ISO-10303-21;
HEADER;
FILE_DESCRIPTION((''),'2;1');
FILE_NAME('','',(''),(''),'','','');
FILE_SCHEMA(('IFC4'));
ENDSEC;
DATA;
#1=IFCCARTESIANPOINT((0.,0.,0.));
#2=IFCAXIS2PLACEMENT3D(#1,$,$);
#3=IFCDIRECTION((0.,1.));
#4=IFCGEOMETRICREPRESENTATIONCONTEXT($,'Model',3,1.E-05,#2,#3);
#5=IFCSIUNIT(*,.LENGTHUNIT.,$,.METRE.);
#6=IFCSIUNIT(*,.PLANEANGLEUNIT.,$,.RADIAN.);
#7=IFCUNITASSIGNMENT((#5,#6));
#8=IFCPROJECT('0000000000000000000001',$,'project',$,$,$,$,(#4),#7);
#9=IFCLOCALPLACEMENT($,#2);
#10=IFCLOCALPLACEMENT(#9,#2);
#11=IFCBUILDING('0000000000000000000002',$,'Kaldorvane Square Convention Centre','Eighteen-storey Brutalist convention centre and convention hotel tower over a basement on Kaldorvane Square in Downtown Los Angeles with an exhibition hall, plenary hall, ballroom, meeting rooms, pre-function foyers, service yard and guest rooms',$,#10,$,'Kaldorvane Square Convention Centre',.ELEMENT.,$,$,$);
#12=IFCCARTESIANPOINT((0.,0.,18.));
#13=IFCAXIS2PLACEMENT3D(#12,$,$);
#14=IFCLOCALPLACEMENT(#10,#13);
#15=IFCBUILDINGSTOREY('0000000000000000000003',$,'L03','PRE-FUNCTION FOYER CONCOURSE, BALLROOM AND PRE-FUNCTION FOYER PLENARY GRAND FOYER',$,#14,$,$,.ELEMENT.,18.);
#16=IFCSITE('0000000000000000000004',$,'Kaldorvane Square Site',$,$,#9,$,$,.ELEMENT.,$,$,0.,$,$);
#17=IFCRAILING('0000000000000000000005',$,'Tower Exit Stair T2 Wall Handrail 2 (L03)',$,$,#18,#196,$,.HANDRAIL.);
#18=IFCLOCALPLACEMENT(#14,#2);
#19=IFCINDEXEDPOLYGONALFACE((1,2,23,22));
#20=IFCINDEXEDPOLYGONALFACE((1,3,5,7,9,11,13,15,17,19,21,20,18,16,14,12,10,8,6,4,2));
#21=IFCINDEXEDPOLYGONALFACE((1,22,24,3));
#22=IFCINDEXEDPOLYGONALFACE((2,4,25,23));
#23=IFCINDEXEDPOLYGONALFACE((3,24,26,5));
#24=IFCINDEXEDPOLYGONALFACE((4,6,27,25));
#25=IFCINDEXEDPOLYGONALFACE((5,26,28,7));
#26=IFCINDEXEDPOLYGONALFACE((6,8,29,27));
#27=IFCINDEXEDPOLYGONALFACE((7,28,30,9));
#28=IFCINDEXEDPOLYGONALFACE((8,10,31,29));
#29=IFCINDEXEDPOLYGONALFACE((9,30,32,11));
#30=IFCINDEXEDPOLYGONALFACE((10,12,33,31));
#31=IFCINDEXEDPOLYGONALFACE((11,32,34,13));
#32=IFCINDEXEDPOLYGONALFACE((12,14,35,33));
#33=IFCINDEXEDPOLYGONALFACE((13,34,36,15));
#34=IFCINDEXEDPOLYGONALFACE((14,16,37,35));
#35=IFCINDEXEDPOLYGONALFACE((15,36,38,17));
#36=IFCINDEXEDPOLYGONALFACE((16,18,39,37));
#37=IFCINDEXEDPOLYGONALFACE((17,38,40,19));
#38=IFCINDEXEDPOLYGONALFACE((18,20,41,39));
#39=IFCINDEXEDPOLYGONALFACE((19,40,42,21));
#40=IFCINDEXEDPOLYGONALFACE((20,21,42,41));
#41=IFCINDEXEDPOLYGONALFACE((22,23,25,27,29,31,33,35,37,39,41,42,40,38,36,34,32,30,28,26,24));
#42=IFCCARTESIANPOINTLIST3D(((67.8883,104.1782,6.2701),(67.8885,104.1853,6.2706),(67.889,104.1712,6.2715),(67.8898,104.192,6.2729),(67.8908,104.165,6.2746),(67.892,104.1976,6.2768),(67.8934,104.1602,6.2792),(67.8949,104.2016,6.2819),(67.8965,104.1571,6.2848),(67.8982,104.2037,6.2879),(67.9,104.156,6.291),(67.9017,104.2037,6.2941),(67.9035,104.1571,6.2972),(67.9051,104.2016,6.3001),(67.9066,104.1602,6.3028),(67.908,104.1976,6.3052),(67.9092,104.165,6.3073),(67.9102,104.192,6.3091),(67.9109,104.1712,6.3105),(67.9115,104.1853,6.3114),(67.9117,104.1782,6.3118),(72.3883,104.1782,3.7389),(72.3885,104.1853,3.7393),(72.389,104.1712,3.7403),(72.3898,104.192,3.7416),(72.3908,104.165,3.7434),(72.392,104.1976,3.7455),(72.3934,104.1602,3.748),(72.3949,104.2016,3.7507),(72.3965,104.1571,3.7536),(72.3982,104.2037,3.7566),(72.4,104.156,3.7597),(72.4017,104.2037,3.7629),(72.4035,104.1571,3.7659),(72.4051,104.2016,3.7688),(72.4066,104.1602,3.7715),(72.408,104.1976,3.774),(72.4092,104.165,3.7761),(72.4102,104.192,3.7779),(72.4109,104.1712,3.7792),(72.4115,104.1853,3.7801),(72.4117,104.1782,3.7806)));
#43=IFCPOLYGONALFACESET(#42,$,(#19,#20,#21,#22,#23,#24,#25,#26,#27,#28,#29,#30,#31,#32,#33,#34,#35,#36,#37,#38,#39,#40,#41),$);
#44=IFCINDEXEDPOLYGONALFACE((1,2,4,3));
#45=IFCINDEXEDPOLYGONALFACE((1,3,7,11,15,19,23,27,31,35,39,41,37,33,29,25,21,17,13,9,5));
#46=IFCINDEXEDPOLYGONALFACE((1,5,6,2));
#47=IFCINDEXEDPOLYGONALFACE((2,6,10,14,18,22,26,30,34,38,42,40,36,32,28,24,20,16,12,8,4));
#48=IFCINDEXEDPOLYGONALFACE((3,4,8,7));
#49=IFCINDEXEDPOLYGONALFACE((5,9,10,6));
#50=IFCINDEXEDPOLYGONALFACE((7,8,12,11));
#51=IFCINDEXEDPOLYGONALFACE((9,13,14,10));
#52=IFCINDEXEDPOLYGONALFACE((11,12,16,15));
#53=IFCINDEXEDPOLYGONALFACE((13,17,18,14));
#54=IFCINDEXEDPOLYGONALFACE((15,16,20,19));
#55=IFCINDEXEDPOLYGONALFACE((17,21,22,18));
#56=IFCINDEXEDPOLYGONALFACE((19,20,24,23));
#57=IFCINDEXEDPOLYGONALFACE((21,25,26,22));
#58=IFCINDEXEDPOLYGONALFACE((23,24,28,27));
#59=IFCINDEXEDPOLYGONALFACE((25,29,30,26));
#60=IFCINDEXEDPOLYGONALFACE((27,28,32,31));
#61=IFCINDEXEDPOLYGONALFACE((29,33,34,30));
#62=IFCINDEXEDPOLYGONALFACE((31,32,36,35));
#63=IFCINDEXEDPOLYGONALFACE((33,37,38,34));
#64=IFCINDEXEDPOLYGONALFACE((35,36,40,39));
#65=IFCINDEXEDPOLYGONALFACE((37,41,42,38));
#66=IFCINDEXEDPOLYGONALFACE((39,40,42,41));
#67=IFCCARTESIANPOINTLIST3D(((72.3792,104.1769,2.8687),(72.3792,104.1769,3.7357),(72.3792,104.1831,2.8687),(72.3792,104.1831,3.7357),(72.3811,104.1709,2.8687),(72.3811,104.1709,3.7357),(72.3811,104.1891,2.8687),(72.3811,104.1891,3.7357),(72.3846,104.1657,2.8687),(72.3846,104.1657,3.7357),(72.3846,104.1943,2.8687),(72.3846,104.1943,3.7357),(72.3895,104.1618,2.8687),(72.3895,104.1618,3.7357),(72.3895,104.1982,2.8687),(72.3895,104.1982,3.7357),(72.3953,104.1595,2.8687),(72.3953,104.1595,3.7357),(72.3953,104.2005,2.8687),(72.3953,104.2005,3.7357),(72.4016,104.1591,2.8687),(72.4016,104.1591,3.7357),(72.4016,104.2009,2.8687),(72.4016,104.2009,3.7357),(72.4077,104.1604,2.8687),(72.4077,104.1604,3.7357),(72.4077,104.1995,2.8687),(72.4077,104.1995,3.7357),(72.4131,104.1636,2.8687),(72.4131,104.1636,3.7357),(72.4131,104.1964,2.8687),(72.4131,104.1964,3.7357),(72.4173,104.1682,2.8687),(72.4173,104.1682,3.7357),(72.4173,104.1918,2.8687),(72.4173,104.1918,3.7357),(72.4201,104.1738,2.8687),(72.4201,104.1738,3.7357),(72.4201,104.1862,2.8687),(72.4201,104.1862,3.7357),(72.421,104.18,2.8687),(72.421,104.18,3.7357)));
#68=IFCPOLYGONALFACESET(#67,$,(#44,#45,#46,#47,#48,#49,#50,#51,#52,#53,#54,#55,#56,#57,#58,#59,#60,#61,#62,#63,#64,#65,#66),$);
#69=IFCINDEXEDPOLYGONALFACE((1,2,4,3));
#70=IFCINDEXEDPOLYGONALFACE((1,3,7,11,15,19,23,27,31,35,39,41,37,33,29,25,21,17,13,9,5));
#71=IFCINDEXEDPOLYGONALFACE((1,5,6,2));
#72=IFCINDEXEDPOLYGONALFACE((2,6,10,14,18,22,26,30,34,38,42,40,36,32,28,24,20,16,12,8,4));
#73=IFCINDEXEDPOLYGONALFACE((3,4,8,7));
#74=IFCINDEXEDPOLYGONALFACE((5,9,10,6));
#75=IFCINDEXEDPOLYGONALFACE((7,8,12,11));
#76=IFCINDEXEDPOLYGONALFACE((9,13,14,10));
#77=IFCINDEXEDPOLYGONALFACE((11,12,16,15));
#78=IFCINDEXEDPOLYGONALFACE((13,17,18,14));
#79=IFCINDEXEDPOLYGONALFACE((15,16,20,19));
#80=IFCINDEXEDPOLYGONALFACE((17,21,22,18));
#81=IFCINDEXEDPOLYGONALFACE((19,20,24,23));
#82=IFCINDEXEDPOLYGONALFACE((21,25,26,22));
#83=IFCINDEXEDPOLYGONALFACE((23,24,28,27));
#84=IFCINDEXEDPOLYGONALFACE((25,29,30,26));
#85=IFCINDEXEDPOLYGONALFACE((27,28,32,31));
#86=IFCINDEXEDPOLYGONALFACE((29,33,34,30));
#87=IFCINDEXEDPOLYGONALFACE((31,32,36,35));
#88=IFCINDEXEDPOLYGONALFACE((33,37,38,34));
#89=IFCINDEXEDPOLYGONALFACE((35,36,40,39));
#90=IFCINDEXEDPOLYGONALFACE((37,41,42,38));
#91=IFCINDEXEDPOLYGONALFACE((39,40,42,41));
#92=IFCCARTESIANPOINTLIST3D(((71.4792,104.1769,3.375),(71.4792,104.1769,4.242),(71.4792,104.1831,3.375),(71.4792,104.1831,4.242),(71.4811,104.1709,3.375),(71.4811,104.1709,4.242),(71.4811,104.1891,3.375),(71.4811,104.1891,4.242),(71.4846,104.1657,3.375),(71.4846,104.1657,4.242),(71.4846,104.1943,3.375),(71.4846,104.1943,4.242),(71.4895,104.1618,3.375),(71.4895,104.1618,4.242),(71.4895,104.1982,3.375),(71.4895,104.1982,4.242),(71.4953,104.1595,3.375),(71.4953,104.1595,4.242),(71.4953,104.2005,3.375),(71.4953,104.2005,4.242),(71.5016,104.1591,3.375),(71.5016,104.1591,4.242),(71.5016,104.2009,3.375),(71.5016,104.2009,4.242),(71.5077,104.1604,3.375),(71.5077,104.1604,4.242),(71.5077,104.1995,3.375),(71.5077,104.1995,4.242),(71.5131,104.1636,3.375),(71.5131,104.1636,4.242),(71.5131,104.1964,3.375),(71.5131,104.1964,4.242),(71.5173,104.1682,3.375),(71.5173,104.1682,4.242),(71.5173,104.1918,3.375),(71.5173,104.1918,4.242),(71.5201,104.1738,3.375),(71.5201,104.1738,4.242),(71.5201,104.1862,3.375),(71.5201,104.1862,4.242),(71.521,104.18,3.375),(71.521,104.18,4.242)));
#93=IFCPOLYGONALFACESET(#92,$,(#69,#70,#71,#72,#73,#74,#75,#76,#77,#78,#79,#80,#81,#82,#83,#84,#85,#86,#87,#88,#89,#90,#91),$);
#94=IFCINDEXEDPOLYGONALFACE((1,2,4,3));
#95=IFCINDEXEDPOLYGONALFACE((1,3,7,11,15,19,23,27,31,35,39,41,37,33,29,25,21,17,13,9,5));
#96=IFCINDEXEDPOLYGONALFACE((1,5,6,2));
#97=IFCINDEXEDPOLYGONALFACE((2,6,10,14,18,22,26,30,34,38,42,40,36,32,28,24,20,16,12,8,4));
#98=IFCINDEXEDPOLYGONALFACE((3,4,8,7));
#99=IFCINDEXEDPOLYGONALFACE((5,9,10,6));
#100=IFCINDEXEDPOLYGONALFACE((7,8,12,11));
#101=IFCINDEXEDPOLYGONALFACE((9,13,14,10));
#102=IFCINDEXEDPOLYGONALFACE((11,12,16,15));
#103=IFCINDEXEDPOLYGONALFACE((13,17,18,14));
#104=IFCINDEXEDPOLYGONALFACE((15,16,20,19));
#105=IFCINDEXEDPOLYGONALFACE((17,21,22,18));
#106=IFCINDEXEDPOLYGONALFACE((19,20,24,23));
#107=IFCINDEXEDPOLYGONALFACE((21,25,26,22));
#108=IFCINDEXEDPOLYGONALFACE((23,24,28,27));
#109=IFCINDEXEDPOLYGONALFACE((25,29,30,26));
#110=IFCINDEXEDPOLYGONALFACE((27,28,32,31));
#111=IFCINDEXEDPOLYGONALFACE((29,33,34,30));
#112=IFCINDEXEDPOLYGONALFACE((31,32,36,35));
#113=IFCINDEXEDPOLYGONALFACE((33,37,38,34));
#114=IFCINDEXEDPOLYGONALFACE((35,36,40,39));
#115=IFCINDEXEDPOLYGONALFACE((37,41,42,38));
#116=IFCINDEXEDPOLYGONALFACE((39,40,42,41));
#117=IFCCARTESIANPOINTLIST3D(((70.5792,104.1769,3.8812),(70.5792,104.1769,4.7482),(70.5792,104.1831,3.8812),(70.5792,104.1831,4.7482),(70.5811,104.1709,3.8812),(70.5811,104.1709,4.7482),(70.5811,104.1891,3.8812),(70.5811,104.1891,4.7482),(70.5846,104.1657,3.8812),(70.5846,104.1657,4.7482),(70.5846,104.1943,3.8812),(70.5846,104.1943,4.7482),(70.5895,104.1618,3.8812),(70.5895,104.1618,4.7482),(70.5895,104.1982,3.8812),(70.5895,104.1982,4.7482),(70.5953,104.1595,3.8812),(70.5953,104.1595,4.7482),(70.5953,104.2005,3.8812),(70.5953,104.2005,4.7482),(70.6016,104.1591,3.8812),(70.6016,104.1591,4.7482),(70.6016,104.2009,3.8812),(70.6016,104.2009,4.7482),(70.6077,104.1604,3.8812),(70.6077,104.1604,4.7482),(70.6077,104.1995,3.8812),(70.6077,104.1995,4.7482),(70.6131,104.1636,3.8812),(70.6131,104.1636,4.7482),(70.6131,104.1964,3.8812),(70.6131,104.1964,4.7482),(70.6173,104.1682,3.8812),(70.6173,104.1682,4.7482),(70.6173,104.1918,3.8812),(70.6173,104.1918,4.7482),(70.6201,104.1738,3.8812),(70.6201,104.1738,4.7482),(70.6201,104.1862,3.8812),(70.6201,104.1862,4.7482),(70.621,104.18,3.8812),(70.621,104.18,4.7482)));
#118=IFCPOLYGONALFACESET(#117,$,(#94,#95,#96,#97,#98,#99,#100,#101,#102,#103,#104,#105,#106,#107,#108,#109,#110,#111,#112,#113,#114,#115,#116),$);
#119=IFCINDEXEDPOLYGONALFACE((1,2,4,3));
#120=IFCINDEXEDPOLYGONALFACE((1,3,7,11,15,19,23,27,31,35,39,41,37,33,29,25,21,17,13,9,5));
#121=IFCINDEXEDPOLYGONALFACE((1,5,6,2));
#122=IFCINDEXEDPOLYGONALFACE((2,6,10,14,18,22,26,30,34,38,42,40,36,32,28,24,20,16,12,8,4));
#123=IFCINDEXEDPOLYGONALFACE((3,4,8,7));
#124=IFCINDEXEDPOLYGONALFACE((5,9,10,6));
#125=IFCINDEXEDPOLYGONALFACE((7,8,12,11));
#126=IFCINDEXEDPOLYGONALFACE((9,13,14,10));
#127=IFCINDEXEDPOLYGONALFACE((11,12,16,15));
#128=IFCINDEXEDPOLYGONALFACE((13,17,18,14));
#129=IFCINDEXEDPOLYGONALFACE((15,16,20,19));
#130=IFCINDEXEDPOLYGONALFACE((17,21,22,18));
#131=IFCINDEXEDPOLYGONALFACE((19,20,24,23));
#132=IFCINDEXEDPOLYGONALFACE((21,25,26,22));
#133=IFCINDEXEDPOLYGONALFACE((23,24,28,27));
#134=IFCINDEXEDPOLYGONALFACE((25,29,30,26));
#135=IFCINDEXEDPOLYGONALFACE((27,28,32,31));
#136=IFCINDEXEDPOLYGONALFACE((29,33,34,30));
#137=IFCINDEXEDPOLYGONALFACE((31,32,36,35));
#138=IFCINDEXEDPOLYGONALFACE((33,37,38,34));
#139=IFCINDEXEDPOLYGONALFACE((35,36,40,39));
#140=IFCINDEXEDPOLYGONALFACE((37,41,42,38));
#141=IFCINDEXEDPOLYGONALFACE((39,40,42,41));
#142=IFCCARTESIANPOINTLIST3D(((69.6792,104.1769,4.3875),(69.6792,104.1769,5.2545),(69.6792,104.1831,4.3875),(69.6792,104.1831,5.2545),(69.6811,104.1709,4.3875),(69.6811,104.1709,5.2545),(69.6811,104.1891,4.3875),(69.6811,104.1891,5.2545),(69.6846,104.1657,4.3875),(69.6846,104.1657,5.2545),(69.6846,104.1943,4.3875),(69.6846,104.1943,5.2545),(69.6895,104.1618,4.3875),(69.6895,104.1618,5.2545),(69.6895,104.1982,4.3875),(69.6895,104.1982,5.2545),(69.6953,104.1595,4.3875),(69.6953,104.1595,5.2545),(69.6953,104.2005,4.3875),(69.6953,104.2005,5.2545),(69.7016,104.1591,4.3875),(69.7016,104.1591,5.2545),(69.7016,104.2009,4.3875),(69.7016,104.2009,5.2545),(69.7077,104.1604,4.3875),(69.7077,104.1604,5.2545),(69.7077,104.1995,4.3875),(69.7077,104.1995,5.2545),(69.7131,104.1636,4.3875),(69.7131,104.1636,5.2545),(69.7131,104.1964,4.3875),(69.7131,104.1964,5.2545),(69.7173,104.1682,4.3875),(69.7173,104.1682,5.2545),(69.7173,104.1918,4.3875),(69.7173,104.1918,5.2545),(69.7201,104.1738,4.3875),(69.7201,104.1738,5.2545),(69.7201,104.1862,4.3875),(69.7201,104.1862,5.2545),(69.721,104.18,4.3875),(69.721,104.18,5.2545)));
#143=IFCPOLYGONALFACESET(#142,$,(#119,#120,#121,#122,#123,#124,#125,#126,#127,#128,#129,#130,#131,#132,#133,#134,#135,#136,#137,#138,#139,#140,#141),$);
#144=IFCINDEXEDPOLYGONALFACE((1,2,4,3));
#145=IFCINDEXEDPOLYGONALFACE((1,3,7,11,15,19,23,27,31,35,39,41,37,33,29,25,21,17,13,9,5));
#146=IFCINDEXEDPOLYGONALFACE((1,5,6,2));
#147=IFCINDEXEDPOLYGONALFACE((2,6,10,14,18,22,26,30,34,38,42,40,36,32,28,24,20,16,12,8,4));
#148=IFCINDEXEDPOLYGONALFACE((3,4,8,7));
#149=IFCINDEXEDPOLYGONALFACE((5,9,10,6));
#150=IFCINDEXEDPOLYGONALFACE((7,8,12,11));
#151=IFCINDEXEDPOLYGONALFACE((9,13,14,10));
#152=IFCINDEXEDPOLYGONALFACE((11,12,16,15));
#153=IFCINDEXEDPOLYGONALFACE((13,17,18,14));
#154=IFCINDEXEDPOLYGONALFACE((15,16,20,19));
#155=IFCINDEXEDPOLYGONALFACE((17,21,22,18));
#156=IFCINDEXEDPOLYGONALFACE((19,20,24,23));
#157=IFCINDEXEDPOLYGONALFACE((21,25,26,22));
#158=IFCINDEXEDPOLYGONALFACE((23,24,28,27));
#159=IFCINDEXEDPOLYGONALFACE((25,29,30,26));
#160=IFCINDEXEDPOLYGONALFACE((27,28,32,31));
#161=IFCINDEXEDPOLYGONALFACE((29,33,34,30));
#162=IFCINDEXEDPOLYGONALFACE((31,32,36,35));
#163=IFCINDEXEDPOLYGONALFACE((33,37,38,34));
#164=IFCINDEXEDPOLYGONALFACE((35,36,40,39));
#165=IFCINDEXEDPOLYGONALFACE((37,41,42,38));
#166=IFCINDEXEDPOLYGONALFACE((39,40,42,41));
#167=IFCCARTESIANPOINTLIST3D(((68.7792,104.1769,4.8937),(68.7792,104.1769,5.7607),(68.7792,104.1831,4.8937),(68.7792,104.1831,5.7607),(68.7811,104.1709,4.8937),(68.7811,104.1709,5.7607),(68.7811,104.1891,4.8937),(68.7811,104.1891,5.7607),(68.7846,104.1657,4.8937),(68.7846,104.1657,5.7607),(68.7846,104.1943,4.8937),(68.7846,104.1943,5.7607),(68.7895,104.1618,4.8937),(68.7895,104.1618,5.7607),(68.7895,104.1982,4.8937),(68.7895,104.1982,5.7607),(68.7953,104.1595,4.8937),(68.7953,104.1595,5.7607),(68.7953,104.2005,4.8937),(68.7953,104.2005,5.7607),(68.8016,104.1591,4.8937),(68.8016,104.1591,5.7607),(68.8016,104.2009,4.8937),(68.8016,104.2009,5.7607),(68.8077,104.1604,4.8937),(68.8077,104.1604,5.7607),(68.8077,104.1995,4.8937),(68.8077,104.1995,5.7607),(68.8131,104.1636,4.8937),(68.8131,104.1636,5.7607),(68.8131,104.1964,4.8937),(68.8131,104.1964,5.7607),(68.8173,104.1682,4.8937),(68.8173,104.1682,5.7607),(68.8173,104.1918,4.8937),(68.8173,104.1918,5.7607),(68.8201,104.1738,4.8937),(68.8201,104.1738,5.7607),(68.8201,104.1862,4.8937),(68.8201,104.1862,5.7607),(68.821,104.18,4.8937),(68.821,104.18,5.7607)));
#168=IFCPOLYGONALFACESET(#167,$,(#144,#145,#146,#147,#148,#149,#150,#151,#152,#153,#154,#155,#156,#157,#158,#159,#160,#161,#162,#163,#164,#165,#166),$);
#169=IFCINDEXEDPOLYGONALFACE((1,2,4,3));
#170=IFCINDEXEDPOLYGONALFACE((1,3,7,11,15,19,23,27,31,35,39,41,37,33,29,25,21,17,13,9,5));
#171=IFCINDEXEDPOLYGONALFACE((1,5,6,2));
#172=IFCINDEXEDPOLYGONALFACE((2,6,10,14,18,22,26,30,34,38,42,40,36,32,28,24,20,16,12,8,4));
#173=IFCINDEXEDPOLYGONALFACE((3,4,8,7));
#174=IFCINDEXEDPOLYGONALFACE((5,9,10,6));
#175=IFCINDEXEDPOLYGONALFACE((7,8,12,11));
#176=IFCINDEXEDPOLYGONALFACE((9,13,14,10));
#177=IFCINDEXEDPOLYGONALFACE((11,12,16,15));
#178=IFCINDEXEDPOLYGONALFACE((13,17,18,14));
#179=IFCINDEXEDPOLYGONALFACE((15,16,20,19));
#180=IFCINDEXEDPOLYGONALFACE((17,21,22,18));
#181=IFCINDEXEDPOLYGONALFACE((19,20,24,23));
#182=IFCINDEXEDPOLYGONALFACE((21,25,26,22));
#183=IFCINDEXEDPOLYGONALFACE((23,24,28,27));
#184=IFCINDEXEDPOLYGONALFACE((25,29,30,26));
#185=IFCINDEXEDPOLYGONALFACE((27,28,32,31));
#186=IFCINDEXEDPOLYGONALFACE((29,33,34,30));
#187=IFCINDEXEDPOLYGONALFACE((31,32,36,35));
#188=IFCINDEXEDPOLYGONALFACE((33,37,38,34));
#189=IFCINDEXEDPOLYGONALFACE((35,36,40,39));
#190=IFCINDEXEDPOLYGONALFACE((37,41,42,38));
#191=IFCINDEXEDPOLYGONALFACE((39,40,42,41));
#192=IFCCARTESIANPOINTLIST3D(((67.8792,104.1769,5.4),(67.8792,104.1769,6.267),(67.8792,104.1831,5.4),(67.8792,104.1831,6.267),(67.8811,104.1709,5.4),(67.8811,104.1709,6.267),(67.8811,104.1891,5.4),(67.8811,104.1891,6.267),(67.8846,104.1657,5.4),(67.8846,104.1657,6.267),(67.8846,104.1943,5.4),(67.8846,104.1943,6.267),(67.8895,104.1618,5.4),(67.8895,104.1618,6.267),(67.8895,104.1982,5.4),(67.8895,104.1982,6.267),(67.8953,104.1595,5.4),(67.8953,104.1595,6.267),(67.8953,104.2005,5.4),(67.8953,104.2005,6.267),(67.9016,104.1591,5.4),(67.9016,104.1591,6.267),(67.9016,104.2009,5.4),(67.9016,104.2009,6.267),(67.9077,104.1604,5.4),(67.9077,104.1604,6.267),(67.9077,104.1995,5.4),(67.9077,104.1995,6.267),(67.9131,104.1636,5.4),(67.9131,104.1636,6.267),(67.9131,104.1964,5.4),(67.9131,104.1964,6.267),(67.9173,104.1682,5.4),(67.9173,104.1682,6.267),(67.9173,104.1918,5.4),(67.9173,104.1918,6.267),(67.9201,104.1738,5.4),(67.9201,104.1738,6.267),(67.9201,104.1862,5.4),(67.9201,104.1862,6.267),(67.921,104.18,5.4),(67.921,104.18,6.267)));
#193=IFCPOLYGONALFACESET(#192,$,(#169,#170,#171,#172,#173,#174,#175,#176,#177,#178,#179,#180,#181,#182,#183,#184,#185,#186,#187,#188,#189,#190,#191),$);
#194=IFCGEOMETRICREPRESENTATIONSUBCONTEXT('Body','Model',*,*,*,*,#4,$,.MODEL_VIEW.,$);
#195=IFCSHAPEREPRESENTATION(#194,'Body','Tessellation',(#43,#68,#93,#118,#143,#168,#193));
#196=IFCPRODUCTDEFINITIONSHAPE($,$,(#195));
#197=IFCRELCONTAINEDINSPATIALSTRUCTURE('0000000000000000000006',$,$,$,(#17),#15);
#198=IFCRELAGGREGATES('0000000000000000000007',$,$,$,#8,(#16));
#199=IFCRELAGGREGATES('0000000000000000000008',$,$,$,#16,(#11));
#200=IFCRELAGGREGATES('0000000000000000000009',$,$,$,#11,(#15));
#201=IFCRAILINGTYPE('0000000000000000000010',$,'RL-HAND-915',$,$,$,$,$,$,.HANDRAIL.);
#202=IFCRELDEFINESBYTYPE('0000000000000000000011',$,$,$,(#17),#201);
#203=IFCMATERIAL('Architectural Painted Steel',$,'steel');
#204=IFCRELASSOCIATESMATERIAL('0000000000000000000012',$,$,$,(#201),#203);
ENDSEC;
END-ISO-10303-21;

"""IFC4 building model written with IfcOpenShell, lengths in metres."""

from ifc_helpers import new_model, si_unit, direction, frame, origin, origin_2d, place, context, subcontext, project, spatial, circle, extrude, material, type_object, element, save


model = new_model("IFC4")

# Units and contexts
model_context = context("Model", 3, precision=1e-05, world=origin(), true_north=direction((0.0, 1.0)))
body_context = subcontext(model_context, "Body", "Model", "MODEL_VIEW")
ifc_project = project(units=[si_unit("LENGTHUNIT", "METRE"), si_unit("PLANEANGLEUNIT", "RADIAN")], contexts=[model_context])

# Site, building, storey
site_placement = place(None, origin())
site = spatial("IfcSite", under=ifc_project, at=site_placement, Name="Kaldorvane Square Site", CompositionType="ELEMENT", RefElevation=0.0)
building_placement = place(site_placement, origin())
building = spatial("IfcBuilding", under=site, at=building_placement, Name="Kaldorvane Square Convention Centre", Description="Eighteen-storey Brutalist convention centre and convention hotel tower over a basement on Kaldorvane Square in Downtown Los Angeles with an exhibition hall, plenary hall, ballroom, meeting rooms, pre-function foyers, service yard and guest rooms", LongName="Kaldorvane Square Convention Centre", CompositionType="ELEMENT")
storey_placement = place(building_placement, frame((0.0, 0.0, 18.0)))
storey = spatial("IfcBuildingStorey", under=building, at=storey_placement, Name="L03", Description="PRE-FUNCTION FOYER CONCOURSE, BALLROOM AND PRE-FUNCTION FOYER PLENARY GRAND FOYER", CompositionType="ELEMENT", Elevation=18.0)

# Railing
ifc_material_1 = material(Name="Architectural Painted Steel", Category="steel")
railing_type = type_object("IfcRailingType", Name="RL-HAND-915", PredefinedType="HANDRAIL", material=ifc_material_1)
railing_placement = place(storey_placement, frame((72.4, 104.18, 2.8687)))
element("IfcRailing", 1, at=railing_placement, inside=storey, type_object=railing_type, Name="Tower Exit Stair T2 Wall Handrail 2 (L03)", PredefinedType="HANDRAIL", context=body_context, shape_type="SweptSolid", body=[
    extrude(circle(Radius=0.024, at=origin_2d()), frame((0.0, 0.0, 0.891), z_axis=(-0.871576, 0.0, 0.490261), x_axis=(0.0, -1.0, 0.0)), (0.0, 0.0, 1.0), 5.1631),
    extrude(circle(Radius=0.021, at=origin_2d()), origin(), (0.0, 0.0, 1.0), 0.867),
    extrude(circle(Radius=0.021, at=origin_2d()), frame((-0.9, 0.0, 0.5063)), (0.0, 0.0, 1.0), 0.867),
    extrude(circle(Radius=0.021, at=origin_2d()), frame((-1.8, 0.0, 1.0125)), (0.0, 0.0, 1.0), 0.867),
    extrude(circle(Radius=0.021, at=origin_2d()), frame((-2.7, 0.0, 1.5188)), (0.0, 0.0, 1.0), 0.867),
    extrude(circle(Radius=0.021, at=origin_2d()), frame((-3.6, 0.0, 2.025)), (0.0, 0.0, 1.0), 0.867),
    extrude(circle(Radius=0.021, at=origin_2d()), frame((-4.5, 0.0, 2.5312)), (0.0, 0.0, 1.0), 0.867),
])

save(model, "model.ifc")
